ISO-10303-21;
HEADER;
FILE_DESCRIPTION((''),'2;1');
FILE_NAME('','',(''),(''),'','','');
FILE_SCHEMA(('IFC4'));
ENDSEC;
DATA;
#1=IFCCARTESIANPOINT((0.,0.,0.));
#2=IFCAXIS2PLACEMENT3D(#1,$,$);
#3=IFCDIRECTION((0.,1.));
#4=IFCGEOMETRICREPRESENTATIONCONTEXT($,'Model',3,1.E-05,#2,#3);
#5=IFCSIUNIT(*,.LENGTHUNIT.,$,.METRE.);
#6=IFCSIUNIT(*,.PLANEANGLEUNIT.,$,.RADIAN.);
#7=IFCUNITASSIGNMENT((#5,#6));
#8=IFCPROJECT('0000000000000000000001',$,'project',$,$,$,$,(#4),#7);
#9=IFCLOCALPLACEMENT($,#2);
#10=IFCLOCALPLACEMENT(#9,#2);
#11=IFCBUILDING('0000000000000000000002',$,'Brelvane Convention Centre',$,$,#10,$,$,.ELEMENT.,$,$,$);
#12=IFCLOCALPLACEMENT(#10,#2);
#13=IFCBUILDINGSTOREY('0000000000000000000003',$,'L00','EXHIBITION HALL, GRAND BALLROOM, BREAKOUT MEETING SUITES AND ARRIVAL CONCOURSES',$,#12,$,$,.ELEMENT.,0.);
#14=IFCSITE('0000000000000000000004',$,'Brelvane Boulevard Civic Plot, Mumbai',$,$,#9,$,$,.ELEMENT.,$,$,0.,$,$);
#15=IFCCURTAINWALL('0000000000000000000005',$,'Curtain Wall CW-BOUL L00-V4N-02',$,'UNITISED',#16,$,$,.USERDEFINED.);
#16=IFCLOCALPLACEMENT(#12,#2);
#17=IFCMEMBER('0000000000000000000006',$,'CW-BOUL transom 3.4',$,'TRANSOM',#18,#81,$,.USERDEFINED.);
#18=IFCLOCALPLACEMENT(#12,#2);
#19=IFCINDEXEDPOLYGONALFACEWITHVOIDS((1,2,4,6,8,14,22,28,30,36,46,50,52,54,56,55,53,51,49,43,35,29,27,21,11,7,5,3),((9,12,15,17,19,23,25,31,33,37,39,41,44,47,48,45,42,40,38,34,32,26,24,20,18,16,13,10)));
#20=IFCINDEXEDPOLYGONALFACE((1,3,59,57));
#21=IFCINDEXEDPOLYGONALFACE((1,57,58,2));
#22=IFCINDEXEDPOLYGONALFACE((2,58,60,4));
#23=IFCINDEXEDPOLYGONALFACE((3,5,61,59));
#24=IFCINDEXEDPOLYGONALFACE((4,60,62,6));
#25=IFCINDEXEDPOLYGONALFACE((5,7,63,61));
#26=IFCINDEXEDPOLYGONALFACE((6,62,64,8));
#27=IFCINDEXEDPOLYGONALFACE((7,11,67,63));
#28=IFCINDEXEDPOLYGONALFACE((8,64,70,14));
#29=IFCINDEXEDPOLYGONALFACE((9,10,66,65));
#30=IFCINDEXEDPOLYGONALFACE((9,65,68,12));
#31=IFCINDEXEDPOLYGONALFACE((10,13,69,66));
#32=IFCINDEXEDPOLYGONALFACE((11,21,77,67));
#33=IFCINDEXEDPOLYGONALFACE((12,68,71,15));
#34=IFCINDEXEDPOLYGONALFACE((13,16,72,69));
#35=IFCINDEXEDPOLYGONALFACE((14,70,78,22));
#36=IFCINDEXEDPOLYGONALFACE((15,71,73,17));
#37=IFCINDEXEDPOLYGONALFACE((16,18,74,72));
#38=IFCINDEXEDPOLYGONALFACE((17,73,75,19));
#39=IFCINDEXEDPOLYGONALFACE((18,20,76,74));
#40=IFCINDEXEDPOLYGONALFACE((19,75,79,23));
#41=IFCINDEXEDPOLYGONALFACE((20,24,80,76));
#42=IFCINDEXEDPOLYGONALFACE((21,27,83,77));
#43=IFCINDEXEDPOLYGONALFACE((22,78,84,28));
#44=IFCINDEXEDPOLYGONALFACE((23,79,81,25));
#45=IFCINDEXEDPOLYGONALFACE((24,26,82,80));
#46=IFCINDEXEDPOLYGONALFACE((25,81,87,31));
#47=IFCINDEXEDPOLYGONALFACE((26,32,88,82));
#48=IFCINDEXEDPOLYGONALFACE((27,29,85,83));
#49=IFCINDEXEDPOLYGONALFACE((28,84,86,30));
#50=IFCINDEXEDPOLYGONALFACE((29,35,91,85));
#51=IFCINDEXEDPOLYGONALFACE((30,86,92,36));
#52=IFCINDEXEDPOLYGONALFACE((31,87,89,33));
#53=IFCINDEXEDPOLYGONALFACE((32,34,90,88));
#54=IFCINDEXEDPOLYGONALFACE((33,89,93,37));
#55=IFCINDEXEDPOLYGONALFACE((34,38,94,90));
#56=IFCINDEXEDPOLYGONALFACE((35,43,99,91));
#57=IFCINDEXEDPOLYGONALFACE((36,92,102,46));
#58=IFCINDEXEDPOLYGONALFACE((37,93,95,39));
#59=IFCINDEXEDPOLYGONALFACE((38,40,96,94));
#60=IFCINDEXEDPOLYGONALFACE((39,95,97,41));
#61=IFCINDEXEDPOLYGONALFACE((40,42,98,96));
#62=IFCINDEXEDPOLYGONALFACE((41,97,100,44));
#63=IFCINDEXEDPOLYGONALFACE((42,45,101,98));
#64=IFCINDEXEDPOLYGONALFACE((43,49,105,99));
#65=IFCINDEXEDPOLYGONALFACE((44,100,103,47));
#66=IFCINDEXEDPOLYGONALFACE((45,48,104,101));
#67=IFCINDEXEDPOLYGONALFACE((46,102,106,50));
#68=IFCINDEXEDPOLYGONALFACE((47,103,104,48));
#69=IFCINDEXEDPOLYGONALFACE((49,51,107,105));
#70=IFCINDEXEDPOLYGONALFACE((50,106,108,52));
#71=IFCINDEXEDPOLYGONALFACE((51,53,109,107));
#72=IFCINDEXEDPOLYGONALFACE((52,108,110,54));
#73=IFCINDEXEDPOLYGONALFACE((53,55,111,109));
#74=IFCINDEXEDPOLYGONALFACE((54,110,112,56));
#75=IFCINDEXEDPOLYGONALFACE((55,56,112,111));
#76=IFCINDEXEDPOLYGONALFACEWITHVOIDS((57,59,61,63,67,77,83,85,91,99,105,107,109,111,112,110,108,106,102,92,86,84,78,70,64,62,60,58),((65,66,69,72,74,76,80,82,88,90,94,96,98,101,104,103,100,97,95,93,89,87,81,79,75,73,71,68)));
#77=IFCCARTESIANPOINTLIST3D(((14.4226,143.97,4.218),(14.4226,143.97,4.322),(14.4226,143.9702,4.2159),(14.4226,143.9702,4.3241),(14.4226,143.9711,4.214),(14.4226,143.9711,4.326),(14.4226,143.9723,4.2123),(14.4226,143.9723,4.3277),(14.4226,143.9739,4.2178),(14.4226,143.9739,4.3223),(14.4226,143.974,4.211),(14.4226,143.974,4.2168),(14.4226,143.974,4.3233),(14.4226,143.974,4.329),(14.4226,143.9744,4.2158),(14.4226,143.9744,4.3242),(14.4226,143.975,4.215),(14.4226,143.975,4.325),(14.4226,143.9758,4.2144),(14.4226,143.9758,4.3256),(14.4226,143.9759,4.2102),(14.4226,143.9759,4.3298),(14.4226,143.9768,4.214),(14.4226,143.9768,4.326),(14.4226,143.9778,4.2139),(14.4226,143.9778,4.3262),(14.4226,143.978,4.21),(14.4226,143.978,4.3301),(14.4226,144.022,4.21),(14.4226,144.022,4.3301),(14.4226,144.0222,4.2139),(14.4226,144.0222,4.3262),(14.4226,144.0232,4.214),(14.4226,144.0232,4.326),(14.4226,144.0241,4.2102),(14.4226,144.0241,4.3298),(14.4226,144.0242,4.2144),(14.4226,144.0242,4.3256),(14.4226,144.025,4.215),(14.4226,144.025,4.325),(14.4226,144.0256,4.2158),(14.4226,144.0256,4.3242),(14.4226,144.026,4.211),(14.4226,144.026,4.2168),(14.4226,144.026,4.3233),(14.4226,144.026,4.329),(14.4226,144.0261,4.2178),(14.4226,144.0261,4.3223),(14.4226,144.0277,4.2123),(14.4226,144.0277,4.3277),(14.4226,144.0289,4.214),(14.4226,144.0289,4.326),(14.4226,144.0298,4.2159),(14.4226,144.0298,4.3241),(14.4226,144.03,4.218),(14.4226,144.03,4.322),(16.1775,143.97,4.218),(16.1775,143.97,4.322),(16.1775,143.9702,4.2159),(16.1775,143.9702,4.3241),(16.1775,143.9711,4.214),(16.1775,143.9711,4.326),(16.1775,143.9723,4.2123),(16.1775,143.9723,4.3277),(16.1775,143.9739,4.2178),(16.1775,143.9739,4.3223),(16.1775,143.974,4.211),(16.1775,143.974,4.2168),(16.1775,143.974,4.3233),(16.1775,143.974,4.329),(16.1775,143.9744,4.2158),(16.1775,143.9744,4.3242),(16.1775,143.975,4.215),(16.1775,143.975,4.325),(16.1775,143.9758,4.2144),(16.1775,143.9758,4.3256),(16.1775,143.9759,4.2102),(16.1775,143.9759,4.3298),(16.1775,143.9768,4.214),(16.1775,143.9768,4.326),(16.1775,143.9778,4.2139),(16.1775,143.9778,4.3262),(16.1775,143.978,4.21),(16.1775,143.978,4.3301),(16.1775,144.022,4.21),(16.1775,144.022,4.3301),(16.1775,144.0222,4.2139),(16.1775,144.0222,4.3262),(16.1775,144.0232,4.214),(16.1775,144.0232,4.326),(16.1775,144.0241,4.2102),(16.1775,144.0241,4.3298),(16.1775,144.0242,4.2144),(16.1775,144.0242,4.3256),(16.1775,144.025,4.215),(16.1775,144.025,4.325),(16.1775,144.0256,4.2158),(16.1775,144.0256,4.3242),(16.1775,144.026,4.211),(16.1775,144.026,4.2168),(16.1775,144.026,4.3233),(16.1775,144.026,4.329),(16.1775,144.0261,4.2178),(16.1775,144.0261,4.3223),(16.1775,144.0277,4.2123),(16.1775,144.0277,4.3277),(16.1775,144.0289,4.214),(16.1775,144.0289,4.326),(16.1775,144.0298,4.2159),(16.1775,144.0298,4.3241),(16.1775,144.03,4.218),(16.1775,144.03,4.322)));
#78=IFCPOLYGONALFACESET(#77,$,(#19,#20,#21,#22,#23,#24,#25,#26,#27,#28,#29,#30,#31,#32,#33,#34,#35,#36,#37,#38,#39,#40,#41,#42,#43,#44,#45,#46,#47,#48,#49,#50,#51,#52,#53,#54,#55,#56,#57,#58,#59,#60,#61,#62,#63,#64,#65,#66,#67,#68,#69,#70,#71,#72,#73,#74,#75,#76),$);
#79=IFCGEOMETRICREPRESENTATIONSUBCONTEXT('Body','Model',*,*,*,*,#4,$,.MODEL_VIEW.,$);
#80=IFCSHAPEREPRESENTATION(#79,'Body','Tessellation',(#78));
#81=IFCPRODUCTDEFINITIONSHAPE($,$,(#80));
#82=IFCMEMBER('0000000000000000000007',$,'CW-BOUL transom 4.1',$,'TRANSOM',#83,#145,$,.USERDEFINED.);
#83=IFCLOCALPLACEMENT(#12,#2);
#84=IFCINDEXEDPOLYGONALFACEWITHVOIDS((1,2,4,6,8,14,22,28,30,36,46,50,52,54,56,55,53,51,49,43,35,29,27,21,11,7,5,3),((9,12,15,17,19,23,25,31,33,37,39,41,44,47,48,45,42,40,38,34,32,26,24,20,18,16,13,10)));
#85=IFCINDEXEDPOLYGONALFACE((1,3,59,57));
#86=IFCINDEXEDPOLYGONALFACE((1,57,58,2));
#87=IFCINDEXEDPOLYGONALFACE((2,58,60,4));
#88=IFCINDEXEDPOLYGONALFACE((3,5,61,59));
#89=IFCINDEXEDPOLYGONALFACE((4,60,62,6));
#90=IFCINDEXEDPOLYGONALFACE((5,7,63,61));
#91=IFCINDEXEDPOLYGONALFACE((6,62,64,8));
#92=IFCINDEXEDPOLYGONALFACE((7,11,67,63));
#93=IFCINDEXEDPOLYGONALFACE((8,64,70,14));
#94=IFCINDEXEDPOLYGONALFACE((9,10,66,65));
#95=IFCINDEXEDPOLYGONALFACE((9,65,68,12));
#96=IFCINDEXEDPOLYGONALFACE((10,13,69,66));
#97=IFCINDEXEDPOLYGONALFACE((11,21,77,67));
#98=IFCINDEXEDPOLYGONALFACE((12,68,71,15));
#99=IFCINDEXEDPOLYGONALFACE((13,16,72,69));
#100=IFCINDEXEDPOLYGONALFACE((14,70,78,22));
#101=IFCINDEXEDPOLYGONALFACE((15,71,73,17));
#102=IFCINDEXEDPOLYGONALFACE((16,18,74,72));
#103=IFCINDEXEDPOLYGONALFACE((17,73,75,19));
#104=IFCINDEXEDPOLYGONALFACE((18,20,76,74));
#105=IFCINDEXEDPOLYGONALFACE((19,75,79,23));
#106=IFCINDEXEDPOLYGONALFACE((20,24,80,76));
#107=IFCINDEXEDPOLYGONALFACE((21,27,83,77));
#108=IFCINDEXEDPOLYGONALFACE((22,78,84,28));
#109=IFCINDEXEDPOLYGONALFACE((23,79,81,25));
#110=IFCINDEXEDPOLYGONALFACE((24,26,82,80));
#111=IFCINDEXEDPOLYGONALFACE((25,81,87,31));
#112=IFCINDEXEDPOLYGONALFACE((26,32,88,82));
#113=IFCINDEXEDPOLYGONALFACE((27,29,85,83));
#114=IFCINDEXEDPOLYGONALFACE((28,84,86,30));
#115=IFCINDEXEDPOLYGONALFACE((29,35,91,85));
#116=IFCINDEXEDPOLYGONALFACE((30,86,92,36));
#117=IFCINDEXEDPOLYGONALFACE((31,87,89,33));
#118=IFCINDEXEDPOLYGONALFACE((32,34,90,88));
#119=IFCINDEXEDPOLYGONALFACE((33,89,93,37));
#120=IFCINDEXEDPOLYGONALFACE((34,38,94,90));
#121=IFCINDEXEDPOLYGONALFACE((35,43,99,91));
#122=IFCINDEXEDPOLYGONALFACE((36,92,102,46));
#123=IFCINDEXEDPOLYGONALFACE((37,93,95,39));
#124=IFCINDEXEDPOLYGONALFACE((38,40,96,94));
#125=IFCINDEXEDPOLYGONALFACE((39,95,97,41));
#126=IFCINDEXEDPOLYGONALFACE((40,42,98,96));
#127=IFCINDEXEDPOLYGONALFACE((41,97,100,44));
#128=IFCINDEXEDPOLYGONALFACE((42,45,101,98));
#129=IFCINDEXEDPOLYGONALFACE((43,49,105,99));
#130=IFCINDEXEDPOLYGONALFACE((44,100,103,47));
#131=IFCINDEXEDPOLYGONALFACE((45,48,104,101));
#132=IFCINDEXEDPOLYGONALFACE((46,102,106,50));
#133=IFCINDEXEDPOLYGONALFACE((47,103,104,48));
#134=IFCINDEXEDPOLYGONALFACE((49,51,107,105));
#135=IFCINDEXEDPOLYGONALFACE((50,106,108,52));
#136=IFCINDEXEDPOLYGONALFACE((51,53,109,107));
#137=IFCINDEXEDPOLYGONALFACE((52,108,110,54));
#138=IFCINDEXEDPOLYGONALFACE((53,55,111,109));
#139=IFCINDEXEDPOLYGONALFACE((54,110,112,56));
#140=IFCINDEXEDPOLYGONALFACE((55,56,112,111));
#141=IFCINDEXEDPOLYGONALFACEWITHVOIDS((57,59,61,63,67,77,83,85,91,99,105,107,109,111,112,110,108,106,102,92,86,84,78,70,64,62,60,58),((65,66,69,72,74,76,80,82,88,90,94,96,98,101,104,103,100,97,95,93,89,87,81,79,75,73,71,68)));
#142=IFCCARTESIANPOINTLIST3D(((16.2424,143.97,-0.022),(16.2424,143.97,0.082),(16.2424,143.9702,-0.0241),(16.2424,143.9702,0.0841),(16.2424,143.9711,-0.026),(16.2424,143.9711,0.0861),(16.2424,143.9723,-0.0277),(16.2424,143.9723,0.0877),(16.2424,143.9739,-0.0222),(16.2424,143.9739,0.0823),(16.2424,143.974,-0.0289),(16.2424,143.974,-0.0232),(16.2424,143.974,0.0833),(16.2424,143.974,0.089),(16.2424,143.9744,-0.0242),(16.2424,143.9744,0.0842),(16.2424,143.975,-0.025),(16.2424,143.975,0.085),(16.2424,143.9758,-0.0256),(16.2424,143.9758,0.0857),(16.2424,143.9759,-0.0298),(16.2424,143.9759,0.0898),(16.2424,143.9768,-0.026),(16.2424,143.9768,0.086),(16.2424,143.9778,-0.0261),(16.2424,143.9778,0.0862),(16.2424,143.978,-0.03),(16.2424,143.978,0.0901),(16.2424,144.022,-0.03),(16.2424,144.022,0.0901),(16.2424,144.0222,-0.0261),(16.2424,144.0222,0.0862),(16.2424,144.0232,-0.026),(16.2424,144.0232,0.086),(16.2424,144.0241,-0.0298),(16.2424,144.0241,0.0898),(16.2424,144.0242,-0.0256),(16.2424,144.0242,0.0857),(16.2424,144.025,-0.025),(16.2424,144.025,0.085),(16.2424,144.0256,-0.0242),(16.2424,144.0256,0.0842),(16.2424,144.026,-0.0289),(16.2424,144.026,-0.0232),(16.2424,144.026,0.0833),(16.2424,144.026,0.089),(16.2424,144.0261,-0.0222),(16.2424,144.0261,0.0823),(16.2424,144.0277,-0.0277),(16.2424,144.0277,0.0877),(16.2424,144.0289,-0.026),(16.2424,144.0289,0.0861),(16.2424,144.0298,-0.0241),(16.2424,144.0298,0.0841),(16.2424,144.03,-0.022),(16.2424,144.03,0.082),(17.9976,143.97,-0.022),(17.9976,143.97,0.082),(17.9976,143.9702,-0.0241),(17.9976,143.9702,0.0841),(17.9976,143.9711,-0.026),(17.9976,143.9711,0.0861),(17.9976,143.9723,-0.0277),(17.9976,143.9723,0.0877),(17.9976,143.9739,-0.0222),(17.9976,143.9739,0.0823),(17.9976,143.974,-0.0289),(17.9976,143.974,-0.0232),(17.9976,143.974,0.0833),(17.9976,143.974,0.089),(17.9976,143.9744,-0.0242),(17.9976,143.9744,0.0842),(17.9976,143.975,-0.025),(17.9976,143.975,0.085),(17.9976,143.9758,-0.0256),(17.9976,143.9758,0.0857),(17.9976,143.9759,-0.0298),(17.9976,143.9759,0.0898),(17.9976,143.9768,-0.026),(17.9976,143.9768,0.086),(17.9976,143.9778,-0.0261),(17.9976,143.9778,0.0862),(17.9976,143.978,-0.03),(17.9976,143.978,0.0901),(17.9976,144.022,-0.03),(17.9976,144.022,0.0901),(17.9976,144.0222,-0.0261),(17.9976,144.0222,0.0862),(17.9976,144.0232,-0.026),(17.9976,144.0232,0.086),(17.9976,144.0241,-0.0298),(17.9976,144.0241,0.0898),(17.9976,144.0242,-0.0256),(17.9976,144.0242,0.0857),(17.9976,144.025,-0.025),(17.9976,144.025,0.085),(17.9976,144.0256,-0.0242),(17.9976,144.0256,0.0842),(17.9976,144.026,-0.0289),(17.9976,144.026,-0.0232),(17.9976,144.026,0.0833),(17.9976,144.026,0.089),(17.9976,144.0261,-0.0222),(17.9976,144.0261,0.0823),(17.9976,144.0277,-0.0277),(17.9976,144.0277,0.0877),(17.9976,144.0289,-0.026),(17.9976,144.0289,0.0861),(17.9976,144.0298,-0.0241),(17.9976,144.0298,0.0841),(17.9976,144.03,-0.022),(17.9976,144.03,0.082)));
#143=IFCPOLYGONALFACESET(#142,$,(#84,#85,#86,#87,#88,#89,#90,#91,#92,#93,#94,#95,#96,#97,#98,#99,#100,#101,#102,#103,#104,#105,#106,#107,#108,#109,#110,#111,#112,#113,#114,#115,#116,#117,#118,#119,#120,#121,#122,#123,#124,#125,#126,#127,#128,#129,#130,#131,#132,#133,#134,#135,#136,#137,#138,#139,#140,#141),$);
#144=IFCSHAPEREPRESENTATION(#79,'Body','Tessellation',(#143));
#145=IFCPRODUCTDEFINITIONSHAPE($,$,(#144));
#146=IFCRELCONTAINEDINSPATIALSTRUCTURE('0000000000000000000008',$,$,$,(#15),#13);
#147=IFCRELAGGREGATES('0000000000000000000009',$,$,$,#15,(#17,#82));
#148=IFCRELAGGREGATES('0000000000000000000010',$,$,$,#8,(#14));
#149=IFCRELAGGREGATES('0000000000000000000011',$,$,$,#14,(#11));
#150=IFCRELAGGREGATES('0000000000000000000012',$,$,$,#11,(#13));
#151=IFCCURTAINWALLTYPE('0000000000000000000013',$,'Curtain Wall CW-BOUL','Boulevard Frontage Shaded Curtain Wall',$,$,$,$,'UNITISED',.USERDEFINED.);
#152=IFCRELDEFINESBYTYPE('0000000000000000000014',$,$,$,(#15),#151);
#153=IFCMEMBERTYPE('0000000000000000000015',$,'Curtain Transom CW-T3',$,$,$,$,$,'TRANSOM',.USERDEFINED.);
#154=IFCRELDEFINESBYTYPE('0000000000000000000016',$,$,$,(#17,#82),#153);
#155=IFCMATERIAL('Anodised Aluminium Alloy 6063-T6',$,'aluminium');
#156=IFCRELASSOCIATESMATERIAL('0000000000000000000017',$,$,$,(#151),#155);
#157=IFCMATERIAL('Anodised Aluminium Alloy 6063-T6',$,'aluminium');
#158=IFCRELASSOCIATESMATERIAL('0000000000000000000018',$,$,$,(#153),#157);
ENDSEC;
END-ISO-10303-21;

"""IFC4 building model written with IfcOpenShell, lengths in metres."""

from ifc_helpers import new_model, si_unit, direction, frame, origin, origin_2d, place, context, subcontext, project, spatial, hollow_rectangle, extrude, material, material_profile, profile_set, type_object, element, aggregate, save


model = new_model("IFC4")

# Units and contexts
model_context = context("Model", 3, precision=1e-05, world=origin(), true_north=direction((0.0, 1.0)))
body_context = subcontext(model_context, "Body", "Model", "MODEL_VIEW")
ifc_project = project(units=[si_unit("LENGTHUNIT", "METRE"), si_unit("PLANEANGLEUNIT", "RADIAN")], contexts=[model_context])

# Site, building, storey
site_placement = place(None, origin())
site = spatial("IfcSite", under=ifc_project, at=site_placement, Name="Brelvane Boulevard Civic Plot, Mumbai", CompositionType="ELEMENT", RefElevation=0.0)
building_placement = place(site_placement, origin())
building = spatial("IfcBuilding", under=site, at=building_placement, Name="Brelvane Convention Centre", CompositionType="ELEMENT")
storey_placement = place(building_placement, origin())
storey = spatial("IfcBuildingStorey", under=building, at=storey_placement, Name="L00", Description="EXHIBITION HALL, GRAND BALLROOM, BREAKOUT MEETING SUITES AND ARRIVAL CONCOURSES", CompositionType="ELEMENT", Elevation=0.0)

# Curtain wall, members
ifc_material_1 = material(Name="Anodised Aluminium Alloy 6063-T6", Category="aluminium")
curtain_wall_type = type_object("IfcCurtainWallType", Name="Curtain Wall CW-BOUL", Description="Boulevard Frontage Shaded Curtain Wall", ElementType="UNITISED", PredefinedType="USERDEFINED", material=ifc_material_1)
curtain_wall_placement = place(storey_placement, origin())
curtain_wall = element("IfcCurtainWall", 1, at=curtain_wall_placement, inside=storey, type_object=curtain_wall_type, Name="Curtain Wall CW-BOUL L00-V4N-02", ObjectType="UNITISED", PredefinedType="USERDEFINED")
ifc_material_2 = material(Name="Anodised Aluminium Alloy 6063-T6", Category="aluminium")
ifc_material_profile_1 = material_profile(ifc_material_2, hollow_rectangle(XDim=0.0601, YDim=0.1201, WallThickness=0.0039, InnerFilletRadius=0.0039, OuterFilletRadius=0.0081, at=origin_2d()), Name="ALU-T 120x60x4.0")
ifc_profile_set_1 = profile_set([ifc_material_profile_1], Name="Anodised Aluminium Alloy 6063-T6")
member_type_1 = type_object("IfcMemberType", Name="Curtain Transom CW-T3", ElementType="TRANSOM", PredefinedType="USERDEFINED", material=ifc_profile_set_1)
member_1_placement = place(storey_placement, frame((14.4226, 144.0, 4.27), z_axis=(1.0, 0.0, 0.0), x_axis=(0.0, 1.0, 0.0)))
member_1 = element("IfcMember", 2, at=member_1_placement, type_object=member_type_1, Name="CW-BOUL transom 3.4", ObjectType="TRANSOM", PredefinedType="USERDEFINED", context=body_context, shape_type="SweptSolid", body=[
    extrude(hollow_rectangle(XDim=0.0601, YDim=0.1201, WallThickness=0.0039, InnerFilletRadius=0.0039, OuterFilletRadius=0.0081, at=origin_2d()), origin(), (0.0, 0.0, 1.0), 1.7549),
])
member_2_placement = place(storey_placement, frame((16.2424, 144.0, 0.03), z_axis=(1.0, 0.0, 0.0), x_axis=(0.0, 1.0, 0.0)))
member_2 = element("IfcMember", 3, at=member_2_placement, type_object=member_type_1, Name="CW-BOUL transom 4.1", ObjectType="TRANSOM", PredefinedType="USERDEFINED", context=body_context, shape_type="SweptSolid", body=[
    extrude(hollow_rectangle(XDim=0.0601, YDim=0.1201, WallThickness=0.0039, InnerFilletRadius=0.0039, OuterFilletRadius=0.0081, at=origin_2d()), origin(), (0.0, 0.0, 1.0), 1.7551),
])
aggregate(curtain_wall, [member_1, member_2])

save(model, "model.ifc")
